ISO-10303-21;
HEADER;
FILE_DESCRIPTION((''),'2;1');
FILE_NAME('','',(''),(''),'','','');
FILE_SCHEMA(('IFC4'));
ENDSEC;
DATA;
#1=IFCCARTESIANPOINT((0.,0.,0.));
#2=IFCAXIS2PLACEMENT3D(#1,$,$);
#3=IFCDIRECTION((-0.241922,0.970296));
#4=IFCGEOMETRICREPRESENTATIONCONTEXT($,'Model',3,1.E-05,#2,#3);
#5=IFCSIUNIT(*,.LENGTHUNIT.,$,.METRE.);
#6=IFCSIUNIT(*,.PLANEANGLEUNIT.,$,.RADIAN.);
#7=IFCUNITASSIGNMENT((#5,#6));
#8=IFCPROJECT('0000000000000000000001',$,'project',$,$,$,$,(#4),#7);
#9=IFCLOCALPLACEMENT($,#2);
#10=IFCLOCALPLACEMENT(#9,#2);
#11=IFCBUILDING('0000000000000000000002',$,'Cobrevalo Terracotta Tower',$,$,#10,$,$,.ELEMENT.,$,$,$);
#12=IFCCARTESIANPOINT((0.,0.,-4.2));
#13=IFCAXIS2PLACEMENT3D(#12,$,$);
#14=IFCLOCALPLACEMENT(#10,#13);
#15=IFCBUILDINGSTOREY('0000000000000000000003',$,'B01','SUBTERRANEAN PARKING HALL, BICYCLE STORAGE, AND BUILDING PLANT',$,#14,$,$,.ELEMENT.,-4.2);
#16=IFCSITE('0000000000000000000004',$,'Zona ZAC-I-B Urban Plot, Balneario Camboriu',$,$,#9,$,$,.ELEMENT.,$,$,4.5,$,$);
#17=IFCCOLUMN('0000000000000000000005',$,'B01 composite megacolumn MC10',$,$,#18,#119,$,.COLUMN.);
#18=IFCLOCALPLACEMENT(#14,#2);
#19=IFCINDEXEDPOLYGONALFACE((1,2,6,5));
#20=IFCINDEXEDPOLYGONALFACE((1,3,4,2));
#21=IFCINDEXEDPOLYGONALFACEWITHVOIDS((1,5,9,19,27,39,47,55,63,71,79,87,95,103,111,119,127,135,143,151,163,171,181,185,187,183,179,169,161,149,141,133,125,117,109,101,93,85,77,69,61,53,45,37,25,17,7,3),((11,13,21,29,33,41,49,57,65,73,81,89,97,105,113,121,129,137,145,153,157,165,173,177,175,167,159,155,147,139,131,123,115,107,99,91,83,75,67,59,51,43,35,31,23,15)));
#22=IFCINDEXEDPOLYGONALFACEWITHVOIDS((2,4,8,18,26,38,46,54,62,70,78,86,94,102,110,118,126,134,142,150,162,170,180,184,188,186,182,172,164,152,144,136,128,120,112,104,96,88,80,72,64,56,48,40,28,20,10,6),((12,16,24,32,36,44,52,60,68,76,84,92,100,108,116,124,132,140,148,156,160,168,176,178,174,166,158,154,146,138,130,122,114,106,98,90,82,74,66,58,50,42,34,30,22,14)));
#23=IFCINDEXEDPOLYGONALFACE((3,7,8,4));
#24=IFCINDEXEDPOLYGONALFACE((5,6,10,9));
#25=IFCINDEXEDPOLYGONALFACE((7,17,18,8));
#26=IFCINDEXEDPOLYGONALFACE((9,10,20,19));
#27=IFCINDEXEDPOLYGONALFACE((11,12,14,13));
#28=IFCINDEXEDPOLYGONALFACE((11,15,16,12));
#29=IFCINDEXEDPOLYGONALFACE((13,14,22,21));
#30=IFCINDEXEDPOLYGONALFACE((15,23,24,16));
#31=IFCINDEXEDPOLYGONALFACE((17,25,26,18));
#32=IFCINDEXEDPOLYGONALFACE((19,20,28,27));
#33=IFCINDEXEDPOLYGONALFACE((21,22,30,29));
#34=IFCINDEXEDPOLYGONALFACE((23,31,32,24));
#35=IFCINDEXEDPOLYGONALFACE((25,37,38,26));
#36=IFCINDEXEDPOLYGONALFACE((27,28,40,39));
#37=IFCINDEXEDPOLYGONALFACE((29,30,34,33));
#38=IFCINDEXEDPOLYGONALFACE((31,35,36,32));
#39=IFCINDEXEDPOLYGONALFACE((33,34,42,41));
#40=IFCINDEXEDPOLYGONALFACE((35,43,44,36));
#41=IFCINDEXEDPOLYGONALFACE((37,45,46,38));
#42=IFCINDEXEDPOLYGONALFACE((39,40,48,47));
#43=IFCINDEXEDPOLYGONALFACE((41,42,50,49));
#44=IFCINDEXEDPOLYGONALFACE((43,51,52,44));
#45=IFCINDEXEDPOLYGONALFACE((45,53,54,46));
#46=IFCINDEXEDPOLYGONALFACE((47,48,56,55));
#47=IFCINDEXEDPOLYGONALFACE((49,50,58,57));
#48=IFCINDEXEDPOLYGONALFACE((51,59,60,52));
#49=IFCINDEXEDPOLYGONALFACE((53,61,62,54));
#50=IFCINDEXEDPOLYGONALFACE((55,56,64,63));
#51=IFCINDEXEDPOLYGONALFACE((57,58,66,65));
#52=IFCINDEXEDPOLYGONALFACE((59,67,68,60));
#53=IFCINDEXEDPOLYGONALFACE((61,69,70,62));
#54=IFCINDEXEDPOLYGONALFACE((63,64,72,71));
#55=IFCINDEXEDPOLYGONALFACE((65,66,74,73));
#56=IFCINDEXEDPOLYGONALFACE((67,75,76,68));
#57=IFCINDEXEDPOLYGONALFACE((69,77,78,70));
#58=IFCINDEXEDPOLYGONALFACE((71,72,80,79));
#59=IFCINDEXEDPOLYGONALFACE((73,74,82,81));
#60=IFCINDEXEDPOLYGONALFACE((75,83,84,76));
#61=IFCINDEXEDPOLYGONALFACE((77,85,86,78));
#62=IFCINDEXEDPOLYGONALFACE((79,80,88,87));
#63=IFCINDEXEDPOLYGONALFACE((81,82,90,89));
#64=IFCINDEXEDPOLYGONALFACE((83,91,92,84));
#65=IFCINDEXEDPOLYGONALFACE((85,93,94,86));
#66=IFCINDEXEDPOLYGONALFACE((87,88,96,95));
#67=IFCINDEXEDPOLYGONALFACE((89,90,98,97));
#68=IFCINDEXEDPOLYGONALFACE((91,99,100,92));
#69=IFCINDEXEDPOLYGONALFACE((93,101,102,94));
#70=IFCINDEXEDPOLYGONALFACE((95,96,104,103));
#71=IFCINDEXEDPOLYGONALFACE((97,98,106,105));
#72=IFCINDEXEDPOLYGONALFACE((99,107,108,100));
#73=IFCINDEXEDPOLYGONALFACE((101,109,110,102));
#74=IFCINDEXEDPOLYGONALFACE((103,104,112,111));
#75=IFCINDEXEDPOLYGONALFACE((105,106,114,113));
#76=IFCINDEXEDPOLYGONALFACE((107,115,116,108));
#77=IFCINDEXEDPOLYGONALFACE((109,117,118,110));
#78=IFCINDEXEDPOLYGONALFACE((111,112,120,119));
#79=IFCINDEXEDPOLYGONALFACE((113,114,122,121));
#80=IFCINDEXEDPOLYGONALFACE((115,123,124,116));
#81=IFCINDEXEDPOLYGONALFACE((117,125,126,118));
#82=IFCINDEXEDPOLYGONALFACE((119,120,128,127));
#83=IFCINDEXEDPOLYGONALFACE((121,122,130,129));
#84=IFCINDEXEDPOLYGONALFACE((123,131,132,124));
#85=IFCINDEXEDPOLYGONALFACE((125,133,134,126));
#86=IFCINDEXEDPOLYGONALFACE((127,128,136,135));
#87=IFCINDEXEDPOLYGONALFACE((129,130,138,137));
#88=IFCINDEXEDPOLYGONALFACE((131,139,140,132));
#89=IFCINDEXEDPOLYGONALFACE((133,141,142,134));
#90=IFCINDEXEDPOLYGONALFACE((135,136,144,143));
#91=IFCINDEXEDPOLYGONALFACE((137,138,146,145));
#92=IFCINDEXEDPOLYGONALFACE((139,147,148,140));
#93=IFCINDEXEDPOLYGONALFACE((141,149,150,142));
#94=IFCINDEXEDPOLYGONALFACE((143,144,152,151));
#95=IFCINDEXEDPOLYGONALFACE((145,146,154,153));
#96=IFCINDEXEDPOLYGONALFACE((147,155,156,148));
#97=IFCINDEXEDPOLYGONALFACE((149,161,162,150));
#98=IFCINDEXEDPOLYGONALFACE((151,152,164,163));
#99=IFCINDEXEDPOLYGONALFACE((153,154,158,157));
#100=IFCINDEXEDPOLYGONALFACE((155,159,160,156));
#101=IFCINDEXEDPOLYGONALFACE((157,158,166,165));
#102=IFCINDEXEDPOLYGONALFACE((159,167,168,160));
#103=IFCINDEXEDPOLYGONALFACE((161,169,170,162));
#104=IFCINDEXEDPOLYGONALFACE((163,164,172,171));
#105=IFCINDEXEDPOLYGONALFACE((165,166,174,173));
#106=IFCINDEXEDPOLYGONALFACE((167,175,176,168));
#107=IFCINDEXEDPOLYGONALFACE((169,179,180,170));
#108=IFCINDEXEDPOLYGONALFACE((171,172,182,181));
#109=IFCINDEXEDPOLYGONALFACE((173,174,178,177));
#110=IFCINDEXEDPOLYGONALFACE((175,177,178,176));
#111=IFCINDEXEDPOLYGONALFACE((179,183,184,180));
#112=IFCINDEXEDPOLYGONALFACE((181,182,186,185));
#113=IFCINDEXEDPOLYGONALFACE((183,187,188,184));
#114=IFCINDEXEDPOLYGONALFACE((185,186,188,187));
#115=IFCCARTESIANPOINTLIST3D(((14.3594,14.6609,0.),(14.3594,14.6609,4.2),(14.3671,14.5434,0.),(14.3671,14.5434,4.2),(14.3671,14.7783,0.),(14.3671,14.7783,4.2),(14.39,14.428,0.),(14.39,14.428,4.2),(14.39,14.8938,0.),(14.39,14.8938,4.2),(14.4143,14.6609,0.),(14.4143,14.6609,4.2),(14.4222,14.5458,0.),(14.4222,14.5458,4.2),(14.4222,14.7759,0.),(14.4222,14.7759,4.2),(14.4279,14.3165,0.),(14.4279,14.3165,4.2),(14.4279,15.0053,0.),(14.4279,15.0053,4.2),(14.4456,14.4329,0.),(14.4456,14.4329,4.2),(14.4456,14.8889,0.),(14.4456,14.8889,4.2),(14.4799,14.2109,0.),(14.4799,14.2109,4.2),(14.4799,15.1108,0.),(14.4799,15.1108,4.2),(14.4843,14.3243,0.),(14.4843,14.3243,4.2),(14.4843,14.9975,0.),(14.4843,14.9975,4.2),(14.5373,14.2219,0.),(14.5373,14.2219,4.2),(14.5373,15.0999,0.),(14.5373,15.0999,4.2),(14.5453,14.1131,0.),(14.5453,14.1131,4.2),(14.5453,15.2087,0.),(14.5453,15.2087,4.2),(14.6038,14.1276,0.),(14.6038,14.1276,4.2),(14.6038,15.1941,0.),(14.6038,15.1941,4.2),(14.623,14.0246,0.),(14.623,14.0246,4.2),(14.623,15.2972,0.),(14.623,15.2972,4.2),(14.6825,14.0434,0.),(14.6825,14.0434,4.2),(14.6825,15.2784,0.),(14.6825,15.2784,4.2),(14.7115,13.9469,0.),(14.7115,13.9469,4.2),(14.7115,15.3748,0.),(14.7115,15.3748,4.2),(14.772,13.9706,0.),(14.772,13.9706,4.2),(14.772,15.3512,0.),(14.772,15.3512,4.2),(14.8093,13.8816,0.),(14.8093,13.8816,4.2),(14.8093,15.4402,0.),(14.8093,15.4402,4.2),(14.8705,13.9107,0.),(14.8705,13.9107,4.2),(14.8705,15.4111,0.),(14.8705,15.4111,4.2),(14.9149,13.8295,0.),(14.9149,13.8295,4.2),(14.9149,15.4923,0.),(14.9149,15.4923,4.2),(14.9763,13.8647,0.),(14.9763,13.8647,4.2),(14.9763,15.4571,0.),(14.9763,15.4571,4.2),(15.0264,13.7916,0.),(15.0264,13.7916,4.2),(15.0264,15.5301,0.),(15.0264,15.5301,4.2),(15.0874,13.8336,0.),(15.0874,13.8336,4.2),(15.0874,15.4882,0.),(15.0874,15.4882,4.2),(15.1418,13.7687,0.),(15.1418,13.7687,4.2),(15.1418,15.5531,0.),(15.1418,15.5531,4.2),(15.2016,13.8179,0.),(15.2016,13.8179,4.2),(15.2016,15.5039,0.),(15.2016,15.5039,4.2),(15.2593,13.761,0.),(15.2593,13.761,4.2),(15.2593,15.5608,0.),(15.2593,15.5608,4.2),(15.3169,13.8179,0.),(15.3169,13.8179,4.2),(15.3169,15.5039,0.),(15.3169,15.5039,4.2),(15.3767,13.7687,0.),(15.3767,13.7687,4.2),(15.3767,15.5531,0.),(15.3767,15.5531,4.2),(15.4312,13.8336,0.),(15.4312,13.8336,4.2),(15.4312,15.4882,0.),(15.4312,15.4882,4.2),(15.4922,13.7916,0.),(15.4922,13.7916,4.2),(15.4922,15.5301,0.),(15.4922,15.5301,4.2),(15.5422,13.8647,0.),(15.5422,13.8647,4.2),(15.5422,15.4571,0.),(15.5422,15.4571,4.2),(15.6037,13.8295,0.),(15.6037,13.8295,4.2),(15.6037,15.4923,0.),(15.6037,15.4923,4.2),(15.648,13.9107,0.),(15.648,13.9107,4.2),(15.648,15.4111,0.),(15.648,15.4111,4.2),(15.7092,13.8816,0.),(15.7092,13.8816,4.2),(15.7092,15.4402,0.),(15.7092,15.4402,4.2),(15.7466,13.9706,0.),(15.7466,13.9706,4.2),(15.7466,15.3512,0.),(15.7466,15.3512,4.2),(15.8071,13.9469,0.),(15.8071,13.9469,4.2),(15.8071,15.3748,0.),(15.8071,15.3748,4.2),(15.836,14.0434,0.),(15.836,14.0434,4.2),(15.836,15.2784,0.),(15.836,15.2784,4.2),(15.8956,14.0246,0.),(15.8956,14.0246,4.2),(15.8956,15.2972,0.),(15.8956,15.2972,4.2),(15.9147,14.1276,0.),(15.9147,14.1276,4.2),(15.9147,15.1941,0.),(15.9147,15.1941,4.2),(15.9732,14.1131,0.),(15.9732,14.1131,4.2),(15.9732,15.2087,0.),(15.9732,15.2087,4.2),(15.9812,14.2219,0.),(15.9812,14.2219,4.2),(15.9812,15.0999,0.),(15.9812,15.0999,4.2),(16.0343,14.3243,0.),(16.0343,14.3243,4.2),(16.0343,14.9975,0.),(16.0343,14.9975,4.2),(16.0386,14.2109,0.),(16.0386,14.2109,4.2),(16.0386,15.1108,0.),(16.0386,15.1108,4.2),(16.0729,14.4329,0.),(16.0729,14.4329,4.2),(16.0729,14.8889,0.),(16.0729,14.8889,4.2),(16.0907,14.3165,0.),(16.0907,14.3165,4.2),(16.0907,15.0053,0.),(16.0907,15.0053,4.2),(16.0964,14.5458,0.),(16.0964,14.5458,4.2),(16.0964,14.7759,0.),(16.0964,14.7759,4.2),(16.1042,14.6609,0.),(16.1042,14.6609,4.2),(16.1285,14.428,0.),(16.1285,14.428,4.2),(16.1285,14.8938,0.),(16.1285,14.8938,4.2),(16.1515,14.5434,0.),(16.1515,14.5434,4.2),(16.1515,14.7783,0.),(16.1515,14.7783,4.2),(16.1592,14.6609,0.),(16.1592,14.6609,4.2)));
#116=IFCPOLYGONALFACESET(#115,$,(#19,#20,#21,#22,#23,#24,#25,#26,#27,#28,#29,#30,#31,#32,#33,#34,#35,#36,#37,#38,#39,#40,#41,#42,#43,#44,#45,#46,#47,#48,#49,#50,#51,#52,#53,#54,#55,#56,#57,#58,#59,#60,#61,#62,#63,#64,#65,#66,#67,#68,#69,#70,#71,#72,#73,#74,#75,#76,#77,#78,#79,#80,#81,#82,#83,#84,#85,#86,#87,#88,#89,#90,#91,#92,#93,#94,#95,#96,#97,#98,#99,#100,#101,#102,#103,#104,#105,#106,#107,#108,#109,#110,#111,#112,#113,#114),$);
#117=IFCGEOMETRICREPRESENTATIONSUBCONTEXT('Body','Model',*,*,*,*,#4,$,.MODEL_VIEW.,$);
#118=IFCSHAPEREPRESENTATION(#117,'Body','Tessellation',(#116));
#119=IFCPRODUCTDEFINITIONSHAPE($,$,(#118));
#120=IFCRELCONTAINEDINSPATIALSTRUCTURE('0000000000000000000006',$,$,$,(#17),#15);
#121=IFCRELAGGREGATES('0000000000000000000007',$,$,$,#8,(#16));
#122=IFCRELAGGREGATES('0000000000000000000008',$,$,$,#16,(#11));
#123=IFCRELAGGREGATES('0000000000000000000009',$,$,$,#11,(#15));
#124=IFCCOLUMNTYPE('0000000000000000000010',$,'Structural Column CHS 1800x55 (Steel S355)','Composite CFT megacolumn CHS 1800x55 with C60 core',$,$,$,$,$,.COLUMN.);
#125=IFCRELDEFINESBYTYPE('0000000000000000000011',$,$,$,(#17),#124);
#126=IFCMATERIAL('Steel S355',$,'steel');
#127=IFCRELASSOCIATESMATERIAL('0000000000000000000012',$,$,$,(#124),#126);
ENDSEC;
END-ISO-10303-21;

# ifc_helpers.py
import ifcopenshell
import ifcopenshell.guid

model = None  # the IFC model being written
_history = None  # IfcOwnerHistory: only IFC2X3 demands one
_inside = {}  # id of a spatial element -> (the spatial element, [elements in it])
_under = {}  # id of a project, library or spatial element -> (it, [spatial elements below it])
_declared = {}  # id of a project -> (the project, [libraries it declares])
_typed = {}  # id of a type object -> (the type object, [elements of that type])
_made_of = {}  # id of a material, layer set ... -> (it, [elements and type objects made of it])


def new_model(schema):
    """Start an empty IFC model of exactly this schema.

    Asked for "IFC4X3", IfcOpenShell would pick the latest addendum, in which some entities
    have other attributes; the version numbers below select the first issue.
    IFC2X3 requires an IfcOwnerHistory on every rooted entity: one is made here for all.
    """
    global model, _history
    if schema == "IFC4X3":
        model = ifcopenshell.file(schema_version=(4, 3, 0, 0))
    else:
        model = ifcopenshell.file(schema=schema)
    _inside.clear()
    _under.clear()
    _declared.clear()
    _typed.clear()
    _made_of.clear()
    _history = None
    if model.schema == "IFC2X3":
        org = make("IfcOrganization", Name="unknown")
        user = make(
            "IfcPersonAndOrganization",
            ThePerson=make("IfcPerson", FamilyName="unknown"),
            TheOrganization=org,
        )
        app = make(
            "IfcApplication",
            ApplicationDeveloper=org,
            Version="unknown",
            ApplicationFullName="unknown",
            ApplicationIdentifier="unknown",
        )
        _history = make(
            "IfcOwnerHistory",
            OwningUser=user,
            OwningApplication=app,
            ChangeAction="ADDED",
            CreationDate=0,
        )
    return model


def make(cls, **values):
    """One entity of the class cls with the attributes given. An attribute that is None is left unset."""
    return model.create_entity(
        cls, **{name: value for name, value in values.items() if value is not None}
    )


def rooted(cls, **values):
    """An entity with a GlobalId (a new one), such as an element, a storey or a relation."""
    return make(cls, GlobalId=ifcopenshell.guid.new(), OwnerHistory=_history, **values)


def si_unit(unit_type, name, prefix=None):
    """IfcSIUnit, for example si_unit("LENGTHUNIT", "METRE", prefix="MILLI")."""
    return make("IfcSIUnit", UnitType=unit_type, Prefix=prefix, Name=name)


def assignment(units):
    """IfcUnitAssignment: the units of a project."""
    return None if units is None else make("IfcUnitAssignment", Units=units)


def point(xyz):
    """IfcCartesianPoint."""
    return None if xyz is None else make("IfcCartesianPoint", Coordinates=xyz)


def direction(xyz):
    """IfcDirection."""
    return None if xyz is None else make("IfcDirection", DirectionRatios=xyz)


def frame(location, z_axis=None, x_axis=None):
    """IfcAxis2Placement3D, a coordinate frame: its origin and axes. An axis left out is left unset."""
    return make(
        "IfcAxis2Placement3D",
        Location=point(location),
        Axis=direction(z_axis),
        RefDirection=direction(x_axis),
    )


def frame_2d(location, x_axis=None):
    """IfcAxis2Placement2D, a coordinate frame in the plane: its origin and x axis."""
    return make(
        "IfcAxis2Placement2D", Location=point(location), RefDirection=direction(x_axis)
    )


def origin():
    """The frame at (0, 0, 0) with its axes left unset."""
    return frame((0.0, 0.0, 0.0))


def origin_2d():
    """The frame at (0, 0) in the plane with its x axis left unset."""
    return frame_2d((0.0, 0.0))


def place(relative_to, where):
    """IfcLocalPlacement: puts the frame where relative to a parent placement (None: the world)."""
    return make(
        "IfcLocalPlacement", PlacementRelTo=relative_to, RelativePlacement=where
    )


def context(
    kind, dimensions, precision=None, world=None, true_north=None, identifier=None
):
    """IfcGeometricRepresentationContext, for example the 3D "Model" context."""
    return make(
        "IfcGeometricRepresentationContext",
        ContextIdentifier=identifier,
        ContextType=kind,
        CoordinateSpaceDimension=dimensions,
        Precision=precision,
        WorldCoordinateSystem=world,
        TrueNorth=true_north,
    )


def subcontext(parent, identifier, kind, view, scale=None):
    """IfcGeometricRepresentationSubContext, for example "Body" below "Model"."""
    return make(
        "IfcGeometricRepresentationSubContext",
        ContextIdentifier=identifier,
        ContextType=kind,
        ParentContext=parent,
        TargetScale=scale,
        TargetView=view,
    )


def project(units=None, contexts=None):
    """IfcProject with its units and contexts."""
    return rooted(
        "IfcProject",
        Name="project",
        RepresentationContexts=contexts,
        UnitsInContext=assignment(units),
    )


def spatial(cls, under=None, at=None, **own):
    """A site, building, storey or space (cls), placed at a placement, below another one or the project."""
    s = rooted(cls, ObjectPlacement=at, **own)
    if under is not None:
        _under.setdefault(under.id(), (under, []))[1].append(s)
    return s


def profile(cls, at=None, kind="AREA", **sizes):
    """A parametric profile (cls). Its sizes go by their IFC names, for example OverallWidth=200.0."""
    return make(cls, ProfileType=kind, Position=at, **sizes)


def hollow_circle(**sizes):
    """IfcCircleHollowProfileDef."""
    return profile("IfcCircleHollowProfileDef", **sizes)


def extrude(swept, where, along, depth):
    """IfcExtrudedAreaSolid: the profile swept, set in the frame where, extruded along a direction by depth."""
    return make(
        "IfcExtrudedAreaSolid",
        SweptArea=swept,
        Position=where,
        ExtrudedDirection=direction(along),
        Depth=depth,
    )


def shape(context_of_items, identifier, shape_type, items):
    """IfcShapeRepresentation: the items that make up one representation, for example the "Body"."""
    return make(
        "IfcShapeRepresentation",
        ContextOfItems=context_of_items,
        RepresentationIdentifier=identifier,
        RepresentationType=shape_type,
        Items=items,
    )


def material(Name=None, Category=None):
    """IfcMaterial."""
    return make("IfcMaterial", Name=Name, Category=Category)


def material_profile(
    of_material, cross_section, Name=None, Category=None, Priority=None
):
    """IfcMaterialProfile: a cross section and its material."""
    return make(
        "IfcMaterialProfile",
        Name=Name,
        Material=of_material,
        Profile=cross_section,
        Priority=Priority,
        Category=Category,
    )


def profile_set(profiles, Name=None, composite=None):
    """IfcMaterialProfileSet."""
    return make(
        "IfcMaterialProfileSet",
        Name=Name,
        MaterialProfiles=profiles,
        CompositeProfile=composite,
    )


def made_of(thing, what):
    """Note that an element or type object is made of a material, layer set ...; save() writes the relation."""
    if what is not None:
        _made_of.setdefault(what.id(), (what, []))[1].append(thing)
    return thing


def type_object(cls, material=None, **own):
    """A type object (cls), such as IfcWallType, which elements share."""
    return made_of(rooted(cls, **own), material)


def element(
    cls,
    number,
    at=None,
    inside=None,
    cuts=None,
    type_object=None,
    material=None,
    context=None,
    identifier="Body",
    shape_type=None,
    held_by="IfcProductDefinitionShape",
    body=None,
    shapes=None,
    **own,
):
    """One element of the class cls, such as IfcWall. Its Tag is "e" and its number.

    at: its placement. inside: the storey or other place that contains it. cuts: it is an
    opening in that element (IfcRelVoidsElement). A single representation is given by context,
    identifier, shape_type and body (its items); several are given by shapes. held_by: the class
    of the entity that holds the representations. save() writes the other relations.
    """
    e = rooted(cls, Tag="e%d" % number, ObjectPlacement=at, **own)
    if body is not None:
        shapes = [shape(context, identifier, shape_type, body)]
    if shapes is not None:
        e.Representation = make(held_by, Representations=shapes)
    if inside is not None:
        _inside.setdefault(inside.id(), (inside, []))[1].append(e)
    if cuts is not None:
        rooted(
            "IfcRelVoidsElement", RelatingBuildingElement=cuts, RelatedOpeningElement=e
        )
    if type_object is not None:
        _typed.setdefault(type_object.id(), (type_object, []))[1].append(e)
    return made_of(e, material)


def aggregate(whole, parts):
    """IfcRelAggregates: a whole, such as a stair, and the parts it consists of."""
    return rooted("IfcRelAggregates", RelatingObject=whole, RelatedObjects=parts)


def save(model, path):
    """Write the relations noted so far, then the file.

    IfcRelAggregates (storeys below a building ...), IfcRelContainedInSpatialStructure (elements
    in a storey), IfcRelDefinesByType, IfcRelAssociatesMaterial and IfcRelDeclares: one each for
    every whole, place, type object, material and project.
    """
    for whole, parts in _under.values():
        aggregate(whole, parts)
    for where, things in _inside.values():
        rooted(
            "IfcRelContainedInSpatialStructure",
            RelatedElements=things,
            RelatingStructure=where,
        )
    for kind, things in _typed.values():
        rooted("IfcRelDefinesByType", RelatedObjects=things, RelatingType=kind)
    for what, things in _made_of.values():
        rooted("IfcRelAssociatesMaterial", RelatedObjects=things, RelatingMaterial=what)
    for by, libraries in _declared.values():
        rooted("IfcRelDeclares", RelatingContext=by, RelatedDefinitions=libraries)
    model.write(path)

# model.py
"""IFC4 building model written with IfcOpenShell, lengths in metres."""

from ifc_helpers import new_model, si_unit, direction, frame, origin, origin_2d, place, context, subcontext, project, spatial, hollow_circle, extrude, material, material_profile, profile_set, type_object, element, save


model = new_model("IFC4")

# Units and contexts
model_context = context("Model", 3, precision=1e-05, world=origin(), true_north=direction((-0.241922, 0.970296)))
body_context = subcontext(model_context, "Body", "Model", "MODEL_VIEW")
ifc_project = project(units=[si_unit("LENGTHUNIT", "METRE"), si_unit("PLANEANGLEUNIT", "RADIAN")], contexts=[model_context])

# Site, building, storey
site_placement = place(None, origin())
site = spatial("IfcSite", under=ifc_project, at=site_placement, Name="Zona ZAC-I-B Urban Plot, Balneario Camboriu", CompositionType="ELEMENT", RefElevation=4.5)
building_placement = place(site_placement, origin())
building = spatial("IfcBuilding", under=site, at=building_placement, Name="Cobrevalo Terracotta Tower", CompositionType="ELEMENT")
storey_placement = place(building_placement, frame((0.0, 0.0, -4.2)))
storey = spatial("IfcBuildingStorey", under=building, at=storey_placement, Name="B01", Description="SUBTERRANEAN PARKING HALL, BICYCLE STORAGE, AND BUILDING PLANT", CompositionType="ELEMENT", Elevation=-4.2)

# Column
ifc_material_1 = material(Name="Steel S355", Category="steel")
ifc_material_profile_1 = material_profile(ifc_material_1, hollow_circle(Radius=0.8999, WallThickness=0.0549, at=origin_2d()), Name="CHS 1800x55")
ifc_profile_set_1 = profile_set([ifc_material_profile_1], Name="Steel S355")
column_type_1 = type_object("IfcColumnType", Name="Structural Column CHS 1800x55 (Steel S355)", Description="Composite CFT megacolumn CHS 1800x55 with C60 core", PredefinedType="COLUMN", material=ifc_profile_set_1)
for number, where, z_axis, x_axis, name in (
    (1, (15.2593, 14.6609, 0.0), (0.0, 0.0, 1.0), (1.0, 0.0, 0.0), "B01 composite megacolumn MC10"),
):
    element("IfcColumn", number, at=place(storey_placement, frame(where, z_axis=z_axis, x_axis=x_axis)), inside=storey, type_object=column_type_1, Name=name, PredefinedType="COLUMN", context=body_context, shape_type="SweptSolid", body=[
        extrude(hollow_circle(Radius=0.8999, WallThickness=0.0549, at=origin_2d()), origin(), (0.0, 0.0, 1.0), 4.2),
    ])

save(model, "model.ifc")
